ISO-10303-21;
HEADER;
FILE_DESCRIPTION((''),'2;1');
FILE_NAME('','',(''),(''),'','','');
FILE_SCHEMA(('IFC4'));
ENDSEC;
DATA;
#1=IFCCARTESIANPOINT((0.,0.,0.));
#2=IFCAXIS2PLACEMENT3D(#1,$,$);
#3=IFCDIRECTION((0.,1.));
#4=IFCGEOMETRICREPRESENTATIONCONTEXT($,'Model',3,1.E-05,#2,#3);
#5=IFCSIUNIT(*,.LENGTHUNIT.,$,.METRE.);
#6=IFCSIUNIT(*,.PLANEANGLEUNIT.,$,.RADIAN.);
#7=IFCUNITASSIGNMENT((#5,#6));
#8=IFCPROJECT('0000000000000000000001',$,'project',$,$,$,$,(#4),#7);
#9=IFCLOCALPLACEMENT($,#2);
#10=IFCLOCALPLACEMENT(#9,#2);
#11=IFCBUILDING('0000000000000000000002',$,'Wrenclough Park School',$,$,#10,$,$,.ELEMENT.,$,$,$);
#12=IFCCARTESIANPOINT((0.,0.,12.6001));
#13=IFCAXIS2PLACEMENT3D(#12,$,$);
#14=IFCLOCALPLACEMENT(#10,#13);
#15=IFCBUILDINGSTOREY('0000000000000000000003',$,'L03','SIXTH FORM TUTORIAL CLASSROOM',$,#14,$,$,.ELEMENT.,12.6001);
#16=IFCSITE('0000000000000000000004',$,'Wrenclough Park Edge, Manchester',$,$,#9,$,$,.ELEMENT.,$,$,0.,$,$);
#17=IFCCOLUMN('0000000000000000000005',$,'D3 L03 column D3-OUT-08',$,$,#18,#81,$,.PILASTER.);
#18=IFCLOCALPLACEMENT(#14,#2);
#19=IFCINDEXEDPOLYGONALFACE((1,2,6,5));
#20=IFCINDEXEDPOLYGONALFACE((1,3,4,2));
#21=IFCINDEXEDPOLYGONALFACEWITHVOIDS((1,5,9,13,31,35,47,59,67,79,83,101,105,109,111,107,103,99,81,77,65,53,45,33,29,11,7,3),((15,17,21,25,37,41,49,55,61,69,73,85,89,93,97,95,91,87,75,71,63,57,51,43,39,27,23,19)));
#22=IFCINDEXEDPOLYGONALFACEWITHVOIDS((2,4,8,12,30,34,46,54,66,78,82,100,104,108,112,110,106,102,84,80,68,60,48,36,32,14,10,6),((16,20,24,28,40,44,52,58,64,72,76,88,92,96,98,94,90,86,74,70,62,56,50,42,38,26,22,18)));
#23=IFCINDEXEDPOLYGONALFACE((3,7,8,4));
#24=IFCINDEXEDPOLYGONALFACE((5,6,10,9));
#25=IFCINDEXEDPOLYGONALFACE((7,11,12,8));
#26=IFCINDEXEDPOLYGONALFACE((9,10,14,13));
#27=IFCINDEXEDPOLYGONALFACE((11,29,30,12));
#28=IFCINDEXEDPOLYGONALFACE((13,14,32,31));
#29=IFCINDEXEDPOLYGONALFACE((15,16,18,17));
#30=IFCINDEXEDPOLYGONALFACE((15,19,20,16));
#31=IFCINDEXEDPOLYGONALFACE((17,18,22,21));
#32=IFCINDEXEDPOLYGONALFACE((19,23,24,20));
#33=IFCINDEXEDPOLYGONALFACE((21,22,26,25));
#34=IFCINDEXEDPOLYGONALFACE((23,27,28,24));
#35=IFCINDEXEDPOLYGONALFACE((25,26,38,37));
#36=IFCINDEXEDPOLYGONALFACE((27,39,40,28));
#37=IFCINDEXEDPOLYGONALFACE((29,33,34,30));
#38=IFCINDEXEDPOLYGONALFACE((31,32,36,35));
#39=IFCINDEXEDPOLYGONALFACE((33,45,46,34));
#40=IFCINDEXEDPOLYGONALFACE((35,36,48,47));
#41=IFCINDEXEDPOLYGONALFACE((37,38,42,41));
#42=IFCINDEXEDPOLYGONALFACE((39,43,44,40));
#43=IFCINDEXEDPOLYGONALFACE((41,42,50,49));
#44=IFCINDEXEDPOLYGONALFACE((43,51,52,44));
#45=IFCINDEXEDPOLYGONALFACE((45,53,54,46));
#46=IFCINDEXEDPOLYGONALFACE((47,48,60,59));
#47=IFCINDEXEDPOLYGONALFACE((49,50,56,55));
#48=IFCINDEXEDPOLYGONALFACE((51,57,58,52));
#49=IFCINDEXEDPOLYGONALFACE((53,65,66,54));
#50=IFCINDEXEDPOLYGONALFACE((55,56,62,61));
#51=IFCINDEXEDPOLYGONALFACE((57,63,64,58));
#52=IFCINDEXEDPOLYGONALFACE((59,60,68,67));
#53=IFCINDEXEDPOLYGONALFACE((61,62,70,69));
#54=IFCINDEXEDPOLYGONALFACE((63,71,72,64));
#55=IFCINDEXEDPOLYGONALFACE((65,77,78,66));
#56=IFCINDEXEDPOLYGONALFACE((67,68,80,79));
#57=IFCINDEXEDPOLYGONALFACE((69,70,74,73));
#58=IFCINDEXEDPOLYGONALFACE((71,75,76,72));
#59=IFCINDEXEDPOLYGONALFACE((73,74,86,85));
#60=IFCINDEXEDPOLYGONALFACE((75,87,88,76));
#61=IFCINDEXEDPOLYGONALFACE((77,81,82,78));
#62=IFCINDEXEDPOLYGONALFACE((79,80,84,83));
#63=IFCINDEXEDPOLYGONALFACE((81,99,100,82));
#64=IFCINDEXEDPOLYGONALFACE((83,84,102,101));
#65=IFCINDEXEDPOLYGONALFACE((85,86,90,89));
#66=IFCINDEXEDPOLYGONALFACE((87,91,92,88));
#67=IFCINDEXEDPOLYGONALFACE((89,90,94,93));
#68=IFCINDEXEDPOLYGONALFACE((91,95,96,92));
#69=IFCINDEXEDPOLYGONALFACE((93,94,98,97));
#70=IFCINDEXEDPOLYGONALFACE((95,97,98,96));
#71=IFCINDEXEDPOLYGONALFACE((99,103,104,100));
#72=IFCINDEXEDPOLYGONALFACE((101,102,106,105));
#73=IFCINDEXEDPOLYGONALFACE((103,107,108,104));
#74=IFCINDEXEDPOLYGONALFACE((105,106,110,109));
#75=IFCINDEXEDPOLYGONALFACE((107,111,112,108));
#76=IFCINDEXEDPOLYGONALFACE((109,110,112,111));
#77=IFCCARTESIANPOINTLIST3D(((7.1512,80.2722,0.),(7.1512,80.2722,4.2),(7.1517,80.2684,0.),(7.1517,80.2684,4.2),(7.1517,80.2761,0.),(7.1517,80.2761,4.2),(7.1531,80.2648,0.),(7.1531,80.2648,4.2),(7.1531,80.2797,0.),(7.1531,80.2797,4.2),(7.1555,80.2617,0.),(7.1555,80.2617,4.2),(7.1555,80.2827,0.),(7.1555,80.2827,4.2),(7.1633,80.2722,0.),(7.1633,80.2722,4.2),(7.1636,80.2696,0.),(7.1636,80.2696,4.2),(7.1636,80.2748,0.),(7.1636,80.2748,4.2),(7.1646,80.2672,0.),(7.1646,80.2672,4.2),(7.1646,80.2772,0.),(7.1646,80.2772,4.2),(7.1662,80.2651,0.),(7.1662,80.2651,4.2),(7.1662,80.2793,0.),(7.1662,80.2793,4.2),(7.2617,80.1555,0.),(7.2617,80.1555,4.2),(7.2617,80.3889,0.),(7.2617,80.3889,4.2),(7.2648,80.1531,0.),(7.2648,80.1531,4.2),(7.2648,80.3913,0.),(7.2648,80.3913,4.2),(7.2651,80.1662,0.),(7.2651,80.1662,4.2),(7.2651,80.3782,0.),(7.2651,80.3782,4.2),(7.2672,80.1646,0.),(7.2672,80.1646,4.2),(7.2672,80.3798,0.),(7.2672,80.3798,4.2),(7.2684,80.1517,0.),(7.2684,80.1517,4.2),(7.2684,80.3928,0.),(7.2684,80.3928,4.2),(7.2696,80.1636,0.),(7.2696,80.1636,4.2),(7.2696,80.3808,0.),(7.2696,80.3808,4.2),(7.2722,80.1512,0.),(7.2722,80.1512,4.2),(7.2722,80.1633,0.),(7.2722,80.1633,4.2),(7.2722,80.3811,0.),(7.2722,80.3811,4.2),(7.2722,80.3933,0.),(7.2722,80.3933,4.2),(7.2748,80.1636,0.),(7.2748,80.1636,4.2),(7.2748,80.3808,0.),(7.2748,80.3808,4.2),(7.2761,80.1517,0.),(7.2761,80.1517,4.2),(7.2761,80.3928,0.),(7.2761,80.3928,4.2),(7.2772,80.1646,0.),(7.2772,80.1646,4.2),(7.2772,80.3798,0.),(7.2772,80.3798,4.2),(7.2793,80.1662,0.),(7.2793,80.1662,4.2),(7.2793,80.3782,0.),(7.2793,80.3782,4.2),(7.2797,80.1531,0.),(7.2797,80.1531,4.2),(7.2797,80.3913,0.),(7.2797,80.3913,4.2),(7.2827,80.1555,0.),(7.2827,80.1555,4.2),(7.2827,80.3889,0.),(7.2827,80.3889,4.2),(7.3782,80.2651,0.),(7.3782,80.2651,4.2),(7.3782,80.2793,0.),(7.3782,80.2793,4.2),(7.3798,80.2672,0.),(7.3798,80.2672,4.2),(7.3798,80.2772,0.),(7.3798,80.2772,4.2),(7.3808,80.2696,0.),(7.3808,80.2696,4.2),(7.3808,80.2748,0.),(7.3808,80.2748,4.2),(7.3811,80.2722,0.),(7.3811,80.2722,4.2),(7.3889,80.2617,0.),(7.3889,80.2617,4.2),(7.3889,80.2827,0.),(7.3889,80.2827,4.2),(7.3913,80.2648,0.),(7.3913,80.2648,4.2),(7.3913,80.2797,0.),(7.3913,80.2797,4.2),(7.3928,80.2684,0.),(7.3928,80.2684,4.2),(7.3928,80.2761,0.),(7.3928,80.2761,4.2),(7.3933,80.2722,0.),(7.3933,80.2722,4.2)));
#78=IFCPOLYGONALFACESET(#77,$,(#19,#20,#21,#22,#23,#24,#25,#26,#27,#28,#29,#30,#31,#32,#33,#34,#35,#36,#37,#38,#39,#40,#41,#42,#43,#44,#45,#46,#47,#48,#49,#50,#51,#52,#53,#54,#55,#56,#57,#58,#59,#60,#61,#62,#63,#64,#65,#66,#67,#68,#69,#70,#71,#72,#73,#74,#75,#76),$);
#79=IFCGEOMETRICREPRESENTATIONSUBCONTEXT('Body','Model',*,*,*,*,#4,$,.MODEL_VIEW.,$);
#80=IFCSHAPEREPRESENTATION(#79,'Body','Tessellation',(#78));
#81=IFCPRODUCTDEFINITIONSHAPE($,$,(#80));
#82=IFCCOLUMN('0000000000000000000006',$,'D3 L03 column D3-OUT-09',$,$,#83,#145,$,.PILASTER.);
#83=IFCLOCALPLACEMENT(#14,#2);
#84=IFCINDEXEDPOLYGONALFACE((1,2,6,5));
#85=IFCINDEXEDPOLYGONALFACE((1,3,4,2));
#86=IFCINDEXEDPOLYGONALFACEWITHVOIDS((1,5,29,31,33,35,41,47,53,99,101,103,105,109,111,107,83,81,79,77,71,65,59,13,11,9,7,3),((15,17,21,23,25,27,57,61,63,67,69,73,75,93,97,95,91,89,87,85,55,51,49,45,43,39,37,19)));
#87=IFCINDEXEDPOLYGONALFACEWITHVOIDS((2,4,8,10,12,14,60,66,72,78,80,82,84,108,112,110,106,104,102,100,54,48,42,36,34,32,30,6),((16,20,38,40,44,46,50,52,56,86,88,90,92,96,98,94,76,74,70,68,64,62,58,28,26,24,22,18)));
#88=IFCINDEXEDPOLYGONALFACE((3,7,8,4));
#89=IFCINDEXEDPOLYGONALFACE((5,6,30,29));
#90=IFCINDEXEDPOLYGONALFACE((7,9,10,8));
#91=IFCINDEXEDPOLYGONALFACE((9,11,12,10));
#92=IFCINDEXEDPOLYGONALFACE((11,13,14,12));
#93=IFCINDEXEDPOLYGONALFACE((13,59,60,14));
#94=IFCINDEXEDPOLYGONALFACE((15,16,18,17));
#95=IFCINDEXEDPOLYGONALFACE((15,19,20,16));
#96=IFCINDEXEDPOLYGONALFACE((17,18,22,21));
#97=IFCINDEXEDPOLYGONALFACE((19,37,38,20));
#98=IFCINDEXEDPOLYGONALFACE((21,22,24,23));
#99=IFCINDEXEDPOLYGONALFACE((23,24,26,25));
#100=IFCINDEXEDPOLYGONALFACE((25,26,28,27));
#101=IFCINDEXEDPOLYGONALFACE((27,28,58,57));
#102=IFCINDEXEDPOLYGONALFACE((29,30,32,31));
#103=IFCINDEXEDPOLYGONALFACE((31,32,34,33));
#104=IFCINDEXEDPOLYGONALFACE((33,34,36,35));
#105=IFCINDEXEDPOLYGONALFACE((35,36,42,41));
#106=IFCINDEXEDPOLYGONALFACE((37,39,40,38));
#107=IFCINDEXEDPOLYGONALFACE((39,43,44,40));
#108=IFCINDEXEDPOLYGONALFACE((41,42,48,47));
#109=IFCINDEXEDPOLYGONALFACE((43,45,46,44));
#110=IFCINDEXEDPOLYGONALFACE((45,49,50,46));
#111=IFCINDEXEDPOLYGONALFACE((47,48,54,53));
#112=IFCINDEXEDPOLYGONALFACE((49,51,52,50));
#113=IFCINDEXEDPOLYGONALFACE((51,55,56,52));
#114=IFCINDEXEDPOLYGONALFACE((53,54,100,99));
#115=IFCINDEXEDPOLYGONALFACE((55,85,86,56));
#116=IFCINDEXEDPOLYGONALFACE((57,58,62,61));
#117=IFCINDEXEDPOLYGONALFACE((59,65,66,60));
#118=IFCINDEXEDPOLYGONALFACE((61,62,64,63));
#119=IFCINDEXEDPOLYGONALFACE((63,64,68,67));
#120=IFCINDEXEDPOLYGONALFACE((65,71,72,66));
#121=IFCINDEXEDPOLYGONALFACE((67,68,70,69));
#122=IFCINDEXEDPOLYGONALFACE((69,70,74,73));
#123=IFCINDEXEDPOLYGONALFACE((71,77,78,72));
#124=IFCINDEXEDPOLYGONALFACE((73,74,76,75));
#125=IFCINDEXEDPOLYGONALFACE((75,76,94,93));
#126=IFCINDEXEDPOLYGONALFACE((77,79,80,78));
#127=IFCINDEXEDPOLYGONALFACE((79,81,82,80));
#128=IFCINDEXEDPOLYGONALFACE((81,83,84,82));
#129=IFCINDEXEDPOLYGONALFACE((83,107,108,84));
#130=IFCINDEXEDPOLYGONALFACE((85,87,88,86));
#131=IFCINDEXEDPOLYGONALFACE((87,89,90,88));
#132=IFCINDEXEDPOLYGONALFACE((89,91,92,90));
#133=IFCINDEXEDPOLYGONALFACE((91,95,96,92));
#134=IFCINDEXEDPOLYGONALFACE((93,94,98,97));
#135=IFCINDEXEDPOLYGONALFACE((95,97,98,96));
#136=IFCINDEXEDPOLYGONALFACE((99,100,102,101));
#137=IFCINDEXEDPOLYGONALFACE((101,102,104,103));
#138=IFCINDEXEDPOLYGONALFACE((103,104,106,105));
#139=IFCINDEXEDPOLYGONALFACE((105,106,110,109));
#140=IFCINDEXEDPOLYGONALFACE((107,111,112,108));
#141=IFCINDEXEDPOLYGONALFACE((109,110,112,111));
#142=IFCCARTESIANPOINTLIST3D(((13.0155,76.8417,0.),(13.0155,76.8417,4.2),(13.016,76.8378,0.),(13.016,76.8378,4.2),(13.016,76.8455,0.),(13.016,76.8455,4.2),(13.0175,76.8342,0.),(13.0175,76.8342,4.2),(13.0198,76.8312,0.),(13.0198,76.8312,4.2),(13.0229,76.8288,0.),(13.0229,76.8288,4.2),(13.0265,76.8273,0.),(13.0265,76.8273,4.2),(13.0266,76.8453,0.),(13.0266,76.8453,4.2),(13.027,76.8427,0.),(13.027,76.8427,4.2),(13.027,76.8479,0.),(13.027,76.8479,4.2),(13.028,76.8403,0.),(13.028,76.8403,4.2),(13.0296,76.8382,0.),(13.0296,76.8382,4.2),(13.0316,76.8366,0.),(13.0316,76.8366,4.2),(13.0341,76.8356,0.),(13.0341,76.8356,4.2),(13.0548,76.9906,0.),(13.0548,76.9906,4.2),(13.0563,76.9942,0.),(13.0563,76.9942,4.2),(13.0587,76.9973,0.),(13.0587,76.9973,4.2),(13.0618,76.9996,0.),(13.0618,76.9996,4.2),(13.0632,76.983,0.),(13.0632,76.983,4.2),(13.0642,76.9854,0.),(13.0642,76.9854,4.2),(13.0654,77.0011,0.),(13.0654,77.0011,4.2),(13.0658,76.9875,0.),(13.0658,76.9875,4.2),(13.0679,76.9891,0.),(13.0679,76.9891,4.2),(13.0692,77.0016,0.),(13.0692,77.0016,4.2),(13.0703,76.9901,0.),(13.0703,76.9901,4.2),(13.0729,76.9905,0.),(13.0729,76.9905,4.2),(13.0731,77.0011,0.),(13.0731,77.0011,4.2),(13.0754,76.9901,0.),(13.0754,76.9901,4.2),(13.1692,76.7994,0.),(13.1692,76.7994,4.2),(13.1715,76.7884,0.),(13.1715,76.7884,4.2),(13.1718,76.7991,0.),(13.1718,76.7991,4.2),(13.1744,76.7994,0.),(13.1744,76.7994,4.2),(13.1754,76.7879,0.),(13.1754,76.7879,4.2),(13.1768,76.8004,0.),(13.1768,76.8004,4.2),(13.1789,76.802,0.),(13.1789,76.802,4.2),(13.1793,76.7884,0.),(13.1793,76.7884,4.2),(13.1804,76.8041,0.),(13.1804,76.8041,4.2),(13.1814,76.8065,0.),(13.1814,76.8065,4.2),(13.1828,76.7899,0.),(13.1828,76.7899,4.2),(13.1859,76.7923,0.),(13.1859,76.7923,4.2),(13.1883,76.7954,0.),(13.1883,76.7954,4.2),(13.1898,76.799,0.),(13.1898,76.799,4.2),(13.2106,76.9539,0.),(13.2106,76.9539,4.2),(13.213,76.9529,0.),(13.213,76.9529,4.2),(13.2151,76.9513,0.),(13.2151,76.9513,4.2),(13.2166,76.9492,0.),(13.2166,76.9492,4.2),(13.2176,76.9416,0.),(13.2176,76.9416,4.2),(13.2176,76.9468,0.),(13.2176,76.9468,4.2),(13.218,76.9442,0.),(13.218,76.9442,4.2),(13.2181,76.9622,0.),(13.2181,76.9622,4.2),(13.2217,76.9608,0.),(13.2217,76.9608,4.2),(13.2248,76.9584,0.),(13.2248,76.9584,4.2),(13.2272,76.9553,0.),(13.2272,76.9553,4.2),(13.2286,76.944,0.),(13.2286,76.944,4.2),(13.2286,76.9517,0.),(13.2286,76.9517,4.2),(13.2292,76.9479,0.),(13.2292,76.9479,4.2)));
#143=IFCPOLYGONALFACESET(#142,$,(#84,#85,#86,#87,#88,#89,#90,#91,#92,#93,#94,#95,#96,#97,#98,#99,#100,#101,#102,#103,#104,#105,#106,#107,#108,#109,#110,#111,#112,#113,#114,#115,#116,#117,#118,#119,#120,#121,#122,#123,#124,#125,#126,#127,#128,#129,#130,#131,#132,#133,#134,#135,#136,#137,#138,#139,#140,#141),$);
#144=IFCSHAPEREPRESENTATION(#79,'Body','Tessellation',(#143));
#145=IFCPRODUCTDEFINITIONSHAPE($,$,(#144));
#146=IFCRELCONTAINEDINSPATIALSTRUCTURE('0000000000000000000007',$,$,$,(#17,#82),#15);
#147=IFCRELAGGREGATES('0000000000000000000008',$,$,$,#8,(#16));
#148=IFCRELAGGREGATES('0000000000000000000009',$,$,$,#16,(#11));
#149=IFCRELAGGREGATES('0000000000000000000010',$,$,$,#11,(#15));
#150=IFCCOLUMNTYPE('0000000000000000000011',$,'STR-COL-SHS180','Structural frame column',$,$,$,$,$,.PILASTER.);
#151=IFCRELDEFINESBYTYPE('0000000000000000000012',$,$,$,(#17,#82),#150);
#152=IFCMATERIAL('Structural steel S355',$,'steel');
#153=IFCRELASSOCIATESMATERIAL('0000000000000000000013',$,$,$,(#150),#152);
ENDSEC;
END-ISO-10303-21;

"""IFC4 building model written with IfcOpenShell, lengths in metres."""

from ifc_helpers import new_model, si_unit, direction, frame, origin, origin_2d, place, context, subcontext, project, spatial, hollow_rectangle, extrude, material, material_profile, profile_set, type_object, element, save


model = new_model("IFC4")

# Units and contexts
model_context = context("Model", 3, precision=1e-05, world=origin(), true_north=direction((0.0, 1.0)))
body_context = subcontext(model_context, "Body", "Model", "MODEL_VIEW")
ifc_project = project(units=[si_unit("LENGTHUNIT", "METRE"), si_unit("PLANEANGLEUNIT", "RADIAN")], contexts=[model_context])

# Site, building, storey
site_placement = place(None, origin())
site = spatial("IfcSite", under=ifc_project, at=site_placement, Name="Wrenclough Park Edge, Manchester", CompositionType="ELEMENT", RefElevation=0.0)
building_placement = place(site_placement, origin())
building = spatial("IfcBuilding", under=site, at=building_placement, Name="Wrenclough Park School", CompositionType="ELEMENT")
storey_placement = place(building_placement, frame((0.0, 0.0, 12.6001)))
storey = spatial("IfcBuildingStorey", under=building, at=storey_placement, Name="L03", Description="SIXTH FORM TUTORIAL CLASSROOM", CompositionType="ELEMENT", Elevation=12.6001)

# Columns
ifc_material_1 = material(Name="Structural steel S355", Category="steel")
ifc_material_profile_1 = material_profile(ifc_material_1, hollow_rectangle(XDim=0.1799, YDim=0.1799, WallThickness=0.01, InnerFilletRadius=0.01, OuterFilletRadius=0.0149, at=origin_2d()), Name="SHS 180x180x10.0")
ifc_profile_set_1 = profile_set([ifc_material_profile_1], Name="Structural steel S355")
column_type = type_object("IfcColumnType", Name="STR-COL-SHS180", Description="Structural frame column", PredefinedType="PILASTER", material=ifc_profile_set_1)
for number, where, z_axis, x_axis, name in (
    (1, (7.2722, 80.2722, 0.0), (0.0, 0.0, 1.0), (0.707107, -0.707107, 0.0), "D3 L03 column D3-OUT-08"),
    (2, (13.1223, 76.8948, 0.0), (0.0, 0.0, 1.0), (0.965926, -0.258819, 0.0), "D3 L03 column D3-OUT-09"),
):
    element("IfcColumn", number, at=place(storey_placement, frame(where, z_axis=z_axis, x_axis=x_axis)), inside=storey, type_object=column_type, Name=name, PredefinedType="PILASTER", context=body_context, shape_type="SweptSolid", body=[
        extrude(hollow_rectangle(XDim=0.1799, YDim=0.1799, WallThickness=0.01, InnerFilletRadius=0.01, OuterFilletRadius=0.0149, at=origin_2d()), origin(), (0.0, 0.0, 1.0), 4.2),
    ])

save(model, "model.ifc")
